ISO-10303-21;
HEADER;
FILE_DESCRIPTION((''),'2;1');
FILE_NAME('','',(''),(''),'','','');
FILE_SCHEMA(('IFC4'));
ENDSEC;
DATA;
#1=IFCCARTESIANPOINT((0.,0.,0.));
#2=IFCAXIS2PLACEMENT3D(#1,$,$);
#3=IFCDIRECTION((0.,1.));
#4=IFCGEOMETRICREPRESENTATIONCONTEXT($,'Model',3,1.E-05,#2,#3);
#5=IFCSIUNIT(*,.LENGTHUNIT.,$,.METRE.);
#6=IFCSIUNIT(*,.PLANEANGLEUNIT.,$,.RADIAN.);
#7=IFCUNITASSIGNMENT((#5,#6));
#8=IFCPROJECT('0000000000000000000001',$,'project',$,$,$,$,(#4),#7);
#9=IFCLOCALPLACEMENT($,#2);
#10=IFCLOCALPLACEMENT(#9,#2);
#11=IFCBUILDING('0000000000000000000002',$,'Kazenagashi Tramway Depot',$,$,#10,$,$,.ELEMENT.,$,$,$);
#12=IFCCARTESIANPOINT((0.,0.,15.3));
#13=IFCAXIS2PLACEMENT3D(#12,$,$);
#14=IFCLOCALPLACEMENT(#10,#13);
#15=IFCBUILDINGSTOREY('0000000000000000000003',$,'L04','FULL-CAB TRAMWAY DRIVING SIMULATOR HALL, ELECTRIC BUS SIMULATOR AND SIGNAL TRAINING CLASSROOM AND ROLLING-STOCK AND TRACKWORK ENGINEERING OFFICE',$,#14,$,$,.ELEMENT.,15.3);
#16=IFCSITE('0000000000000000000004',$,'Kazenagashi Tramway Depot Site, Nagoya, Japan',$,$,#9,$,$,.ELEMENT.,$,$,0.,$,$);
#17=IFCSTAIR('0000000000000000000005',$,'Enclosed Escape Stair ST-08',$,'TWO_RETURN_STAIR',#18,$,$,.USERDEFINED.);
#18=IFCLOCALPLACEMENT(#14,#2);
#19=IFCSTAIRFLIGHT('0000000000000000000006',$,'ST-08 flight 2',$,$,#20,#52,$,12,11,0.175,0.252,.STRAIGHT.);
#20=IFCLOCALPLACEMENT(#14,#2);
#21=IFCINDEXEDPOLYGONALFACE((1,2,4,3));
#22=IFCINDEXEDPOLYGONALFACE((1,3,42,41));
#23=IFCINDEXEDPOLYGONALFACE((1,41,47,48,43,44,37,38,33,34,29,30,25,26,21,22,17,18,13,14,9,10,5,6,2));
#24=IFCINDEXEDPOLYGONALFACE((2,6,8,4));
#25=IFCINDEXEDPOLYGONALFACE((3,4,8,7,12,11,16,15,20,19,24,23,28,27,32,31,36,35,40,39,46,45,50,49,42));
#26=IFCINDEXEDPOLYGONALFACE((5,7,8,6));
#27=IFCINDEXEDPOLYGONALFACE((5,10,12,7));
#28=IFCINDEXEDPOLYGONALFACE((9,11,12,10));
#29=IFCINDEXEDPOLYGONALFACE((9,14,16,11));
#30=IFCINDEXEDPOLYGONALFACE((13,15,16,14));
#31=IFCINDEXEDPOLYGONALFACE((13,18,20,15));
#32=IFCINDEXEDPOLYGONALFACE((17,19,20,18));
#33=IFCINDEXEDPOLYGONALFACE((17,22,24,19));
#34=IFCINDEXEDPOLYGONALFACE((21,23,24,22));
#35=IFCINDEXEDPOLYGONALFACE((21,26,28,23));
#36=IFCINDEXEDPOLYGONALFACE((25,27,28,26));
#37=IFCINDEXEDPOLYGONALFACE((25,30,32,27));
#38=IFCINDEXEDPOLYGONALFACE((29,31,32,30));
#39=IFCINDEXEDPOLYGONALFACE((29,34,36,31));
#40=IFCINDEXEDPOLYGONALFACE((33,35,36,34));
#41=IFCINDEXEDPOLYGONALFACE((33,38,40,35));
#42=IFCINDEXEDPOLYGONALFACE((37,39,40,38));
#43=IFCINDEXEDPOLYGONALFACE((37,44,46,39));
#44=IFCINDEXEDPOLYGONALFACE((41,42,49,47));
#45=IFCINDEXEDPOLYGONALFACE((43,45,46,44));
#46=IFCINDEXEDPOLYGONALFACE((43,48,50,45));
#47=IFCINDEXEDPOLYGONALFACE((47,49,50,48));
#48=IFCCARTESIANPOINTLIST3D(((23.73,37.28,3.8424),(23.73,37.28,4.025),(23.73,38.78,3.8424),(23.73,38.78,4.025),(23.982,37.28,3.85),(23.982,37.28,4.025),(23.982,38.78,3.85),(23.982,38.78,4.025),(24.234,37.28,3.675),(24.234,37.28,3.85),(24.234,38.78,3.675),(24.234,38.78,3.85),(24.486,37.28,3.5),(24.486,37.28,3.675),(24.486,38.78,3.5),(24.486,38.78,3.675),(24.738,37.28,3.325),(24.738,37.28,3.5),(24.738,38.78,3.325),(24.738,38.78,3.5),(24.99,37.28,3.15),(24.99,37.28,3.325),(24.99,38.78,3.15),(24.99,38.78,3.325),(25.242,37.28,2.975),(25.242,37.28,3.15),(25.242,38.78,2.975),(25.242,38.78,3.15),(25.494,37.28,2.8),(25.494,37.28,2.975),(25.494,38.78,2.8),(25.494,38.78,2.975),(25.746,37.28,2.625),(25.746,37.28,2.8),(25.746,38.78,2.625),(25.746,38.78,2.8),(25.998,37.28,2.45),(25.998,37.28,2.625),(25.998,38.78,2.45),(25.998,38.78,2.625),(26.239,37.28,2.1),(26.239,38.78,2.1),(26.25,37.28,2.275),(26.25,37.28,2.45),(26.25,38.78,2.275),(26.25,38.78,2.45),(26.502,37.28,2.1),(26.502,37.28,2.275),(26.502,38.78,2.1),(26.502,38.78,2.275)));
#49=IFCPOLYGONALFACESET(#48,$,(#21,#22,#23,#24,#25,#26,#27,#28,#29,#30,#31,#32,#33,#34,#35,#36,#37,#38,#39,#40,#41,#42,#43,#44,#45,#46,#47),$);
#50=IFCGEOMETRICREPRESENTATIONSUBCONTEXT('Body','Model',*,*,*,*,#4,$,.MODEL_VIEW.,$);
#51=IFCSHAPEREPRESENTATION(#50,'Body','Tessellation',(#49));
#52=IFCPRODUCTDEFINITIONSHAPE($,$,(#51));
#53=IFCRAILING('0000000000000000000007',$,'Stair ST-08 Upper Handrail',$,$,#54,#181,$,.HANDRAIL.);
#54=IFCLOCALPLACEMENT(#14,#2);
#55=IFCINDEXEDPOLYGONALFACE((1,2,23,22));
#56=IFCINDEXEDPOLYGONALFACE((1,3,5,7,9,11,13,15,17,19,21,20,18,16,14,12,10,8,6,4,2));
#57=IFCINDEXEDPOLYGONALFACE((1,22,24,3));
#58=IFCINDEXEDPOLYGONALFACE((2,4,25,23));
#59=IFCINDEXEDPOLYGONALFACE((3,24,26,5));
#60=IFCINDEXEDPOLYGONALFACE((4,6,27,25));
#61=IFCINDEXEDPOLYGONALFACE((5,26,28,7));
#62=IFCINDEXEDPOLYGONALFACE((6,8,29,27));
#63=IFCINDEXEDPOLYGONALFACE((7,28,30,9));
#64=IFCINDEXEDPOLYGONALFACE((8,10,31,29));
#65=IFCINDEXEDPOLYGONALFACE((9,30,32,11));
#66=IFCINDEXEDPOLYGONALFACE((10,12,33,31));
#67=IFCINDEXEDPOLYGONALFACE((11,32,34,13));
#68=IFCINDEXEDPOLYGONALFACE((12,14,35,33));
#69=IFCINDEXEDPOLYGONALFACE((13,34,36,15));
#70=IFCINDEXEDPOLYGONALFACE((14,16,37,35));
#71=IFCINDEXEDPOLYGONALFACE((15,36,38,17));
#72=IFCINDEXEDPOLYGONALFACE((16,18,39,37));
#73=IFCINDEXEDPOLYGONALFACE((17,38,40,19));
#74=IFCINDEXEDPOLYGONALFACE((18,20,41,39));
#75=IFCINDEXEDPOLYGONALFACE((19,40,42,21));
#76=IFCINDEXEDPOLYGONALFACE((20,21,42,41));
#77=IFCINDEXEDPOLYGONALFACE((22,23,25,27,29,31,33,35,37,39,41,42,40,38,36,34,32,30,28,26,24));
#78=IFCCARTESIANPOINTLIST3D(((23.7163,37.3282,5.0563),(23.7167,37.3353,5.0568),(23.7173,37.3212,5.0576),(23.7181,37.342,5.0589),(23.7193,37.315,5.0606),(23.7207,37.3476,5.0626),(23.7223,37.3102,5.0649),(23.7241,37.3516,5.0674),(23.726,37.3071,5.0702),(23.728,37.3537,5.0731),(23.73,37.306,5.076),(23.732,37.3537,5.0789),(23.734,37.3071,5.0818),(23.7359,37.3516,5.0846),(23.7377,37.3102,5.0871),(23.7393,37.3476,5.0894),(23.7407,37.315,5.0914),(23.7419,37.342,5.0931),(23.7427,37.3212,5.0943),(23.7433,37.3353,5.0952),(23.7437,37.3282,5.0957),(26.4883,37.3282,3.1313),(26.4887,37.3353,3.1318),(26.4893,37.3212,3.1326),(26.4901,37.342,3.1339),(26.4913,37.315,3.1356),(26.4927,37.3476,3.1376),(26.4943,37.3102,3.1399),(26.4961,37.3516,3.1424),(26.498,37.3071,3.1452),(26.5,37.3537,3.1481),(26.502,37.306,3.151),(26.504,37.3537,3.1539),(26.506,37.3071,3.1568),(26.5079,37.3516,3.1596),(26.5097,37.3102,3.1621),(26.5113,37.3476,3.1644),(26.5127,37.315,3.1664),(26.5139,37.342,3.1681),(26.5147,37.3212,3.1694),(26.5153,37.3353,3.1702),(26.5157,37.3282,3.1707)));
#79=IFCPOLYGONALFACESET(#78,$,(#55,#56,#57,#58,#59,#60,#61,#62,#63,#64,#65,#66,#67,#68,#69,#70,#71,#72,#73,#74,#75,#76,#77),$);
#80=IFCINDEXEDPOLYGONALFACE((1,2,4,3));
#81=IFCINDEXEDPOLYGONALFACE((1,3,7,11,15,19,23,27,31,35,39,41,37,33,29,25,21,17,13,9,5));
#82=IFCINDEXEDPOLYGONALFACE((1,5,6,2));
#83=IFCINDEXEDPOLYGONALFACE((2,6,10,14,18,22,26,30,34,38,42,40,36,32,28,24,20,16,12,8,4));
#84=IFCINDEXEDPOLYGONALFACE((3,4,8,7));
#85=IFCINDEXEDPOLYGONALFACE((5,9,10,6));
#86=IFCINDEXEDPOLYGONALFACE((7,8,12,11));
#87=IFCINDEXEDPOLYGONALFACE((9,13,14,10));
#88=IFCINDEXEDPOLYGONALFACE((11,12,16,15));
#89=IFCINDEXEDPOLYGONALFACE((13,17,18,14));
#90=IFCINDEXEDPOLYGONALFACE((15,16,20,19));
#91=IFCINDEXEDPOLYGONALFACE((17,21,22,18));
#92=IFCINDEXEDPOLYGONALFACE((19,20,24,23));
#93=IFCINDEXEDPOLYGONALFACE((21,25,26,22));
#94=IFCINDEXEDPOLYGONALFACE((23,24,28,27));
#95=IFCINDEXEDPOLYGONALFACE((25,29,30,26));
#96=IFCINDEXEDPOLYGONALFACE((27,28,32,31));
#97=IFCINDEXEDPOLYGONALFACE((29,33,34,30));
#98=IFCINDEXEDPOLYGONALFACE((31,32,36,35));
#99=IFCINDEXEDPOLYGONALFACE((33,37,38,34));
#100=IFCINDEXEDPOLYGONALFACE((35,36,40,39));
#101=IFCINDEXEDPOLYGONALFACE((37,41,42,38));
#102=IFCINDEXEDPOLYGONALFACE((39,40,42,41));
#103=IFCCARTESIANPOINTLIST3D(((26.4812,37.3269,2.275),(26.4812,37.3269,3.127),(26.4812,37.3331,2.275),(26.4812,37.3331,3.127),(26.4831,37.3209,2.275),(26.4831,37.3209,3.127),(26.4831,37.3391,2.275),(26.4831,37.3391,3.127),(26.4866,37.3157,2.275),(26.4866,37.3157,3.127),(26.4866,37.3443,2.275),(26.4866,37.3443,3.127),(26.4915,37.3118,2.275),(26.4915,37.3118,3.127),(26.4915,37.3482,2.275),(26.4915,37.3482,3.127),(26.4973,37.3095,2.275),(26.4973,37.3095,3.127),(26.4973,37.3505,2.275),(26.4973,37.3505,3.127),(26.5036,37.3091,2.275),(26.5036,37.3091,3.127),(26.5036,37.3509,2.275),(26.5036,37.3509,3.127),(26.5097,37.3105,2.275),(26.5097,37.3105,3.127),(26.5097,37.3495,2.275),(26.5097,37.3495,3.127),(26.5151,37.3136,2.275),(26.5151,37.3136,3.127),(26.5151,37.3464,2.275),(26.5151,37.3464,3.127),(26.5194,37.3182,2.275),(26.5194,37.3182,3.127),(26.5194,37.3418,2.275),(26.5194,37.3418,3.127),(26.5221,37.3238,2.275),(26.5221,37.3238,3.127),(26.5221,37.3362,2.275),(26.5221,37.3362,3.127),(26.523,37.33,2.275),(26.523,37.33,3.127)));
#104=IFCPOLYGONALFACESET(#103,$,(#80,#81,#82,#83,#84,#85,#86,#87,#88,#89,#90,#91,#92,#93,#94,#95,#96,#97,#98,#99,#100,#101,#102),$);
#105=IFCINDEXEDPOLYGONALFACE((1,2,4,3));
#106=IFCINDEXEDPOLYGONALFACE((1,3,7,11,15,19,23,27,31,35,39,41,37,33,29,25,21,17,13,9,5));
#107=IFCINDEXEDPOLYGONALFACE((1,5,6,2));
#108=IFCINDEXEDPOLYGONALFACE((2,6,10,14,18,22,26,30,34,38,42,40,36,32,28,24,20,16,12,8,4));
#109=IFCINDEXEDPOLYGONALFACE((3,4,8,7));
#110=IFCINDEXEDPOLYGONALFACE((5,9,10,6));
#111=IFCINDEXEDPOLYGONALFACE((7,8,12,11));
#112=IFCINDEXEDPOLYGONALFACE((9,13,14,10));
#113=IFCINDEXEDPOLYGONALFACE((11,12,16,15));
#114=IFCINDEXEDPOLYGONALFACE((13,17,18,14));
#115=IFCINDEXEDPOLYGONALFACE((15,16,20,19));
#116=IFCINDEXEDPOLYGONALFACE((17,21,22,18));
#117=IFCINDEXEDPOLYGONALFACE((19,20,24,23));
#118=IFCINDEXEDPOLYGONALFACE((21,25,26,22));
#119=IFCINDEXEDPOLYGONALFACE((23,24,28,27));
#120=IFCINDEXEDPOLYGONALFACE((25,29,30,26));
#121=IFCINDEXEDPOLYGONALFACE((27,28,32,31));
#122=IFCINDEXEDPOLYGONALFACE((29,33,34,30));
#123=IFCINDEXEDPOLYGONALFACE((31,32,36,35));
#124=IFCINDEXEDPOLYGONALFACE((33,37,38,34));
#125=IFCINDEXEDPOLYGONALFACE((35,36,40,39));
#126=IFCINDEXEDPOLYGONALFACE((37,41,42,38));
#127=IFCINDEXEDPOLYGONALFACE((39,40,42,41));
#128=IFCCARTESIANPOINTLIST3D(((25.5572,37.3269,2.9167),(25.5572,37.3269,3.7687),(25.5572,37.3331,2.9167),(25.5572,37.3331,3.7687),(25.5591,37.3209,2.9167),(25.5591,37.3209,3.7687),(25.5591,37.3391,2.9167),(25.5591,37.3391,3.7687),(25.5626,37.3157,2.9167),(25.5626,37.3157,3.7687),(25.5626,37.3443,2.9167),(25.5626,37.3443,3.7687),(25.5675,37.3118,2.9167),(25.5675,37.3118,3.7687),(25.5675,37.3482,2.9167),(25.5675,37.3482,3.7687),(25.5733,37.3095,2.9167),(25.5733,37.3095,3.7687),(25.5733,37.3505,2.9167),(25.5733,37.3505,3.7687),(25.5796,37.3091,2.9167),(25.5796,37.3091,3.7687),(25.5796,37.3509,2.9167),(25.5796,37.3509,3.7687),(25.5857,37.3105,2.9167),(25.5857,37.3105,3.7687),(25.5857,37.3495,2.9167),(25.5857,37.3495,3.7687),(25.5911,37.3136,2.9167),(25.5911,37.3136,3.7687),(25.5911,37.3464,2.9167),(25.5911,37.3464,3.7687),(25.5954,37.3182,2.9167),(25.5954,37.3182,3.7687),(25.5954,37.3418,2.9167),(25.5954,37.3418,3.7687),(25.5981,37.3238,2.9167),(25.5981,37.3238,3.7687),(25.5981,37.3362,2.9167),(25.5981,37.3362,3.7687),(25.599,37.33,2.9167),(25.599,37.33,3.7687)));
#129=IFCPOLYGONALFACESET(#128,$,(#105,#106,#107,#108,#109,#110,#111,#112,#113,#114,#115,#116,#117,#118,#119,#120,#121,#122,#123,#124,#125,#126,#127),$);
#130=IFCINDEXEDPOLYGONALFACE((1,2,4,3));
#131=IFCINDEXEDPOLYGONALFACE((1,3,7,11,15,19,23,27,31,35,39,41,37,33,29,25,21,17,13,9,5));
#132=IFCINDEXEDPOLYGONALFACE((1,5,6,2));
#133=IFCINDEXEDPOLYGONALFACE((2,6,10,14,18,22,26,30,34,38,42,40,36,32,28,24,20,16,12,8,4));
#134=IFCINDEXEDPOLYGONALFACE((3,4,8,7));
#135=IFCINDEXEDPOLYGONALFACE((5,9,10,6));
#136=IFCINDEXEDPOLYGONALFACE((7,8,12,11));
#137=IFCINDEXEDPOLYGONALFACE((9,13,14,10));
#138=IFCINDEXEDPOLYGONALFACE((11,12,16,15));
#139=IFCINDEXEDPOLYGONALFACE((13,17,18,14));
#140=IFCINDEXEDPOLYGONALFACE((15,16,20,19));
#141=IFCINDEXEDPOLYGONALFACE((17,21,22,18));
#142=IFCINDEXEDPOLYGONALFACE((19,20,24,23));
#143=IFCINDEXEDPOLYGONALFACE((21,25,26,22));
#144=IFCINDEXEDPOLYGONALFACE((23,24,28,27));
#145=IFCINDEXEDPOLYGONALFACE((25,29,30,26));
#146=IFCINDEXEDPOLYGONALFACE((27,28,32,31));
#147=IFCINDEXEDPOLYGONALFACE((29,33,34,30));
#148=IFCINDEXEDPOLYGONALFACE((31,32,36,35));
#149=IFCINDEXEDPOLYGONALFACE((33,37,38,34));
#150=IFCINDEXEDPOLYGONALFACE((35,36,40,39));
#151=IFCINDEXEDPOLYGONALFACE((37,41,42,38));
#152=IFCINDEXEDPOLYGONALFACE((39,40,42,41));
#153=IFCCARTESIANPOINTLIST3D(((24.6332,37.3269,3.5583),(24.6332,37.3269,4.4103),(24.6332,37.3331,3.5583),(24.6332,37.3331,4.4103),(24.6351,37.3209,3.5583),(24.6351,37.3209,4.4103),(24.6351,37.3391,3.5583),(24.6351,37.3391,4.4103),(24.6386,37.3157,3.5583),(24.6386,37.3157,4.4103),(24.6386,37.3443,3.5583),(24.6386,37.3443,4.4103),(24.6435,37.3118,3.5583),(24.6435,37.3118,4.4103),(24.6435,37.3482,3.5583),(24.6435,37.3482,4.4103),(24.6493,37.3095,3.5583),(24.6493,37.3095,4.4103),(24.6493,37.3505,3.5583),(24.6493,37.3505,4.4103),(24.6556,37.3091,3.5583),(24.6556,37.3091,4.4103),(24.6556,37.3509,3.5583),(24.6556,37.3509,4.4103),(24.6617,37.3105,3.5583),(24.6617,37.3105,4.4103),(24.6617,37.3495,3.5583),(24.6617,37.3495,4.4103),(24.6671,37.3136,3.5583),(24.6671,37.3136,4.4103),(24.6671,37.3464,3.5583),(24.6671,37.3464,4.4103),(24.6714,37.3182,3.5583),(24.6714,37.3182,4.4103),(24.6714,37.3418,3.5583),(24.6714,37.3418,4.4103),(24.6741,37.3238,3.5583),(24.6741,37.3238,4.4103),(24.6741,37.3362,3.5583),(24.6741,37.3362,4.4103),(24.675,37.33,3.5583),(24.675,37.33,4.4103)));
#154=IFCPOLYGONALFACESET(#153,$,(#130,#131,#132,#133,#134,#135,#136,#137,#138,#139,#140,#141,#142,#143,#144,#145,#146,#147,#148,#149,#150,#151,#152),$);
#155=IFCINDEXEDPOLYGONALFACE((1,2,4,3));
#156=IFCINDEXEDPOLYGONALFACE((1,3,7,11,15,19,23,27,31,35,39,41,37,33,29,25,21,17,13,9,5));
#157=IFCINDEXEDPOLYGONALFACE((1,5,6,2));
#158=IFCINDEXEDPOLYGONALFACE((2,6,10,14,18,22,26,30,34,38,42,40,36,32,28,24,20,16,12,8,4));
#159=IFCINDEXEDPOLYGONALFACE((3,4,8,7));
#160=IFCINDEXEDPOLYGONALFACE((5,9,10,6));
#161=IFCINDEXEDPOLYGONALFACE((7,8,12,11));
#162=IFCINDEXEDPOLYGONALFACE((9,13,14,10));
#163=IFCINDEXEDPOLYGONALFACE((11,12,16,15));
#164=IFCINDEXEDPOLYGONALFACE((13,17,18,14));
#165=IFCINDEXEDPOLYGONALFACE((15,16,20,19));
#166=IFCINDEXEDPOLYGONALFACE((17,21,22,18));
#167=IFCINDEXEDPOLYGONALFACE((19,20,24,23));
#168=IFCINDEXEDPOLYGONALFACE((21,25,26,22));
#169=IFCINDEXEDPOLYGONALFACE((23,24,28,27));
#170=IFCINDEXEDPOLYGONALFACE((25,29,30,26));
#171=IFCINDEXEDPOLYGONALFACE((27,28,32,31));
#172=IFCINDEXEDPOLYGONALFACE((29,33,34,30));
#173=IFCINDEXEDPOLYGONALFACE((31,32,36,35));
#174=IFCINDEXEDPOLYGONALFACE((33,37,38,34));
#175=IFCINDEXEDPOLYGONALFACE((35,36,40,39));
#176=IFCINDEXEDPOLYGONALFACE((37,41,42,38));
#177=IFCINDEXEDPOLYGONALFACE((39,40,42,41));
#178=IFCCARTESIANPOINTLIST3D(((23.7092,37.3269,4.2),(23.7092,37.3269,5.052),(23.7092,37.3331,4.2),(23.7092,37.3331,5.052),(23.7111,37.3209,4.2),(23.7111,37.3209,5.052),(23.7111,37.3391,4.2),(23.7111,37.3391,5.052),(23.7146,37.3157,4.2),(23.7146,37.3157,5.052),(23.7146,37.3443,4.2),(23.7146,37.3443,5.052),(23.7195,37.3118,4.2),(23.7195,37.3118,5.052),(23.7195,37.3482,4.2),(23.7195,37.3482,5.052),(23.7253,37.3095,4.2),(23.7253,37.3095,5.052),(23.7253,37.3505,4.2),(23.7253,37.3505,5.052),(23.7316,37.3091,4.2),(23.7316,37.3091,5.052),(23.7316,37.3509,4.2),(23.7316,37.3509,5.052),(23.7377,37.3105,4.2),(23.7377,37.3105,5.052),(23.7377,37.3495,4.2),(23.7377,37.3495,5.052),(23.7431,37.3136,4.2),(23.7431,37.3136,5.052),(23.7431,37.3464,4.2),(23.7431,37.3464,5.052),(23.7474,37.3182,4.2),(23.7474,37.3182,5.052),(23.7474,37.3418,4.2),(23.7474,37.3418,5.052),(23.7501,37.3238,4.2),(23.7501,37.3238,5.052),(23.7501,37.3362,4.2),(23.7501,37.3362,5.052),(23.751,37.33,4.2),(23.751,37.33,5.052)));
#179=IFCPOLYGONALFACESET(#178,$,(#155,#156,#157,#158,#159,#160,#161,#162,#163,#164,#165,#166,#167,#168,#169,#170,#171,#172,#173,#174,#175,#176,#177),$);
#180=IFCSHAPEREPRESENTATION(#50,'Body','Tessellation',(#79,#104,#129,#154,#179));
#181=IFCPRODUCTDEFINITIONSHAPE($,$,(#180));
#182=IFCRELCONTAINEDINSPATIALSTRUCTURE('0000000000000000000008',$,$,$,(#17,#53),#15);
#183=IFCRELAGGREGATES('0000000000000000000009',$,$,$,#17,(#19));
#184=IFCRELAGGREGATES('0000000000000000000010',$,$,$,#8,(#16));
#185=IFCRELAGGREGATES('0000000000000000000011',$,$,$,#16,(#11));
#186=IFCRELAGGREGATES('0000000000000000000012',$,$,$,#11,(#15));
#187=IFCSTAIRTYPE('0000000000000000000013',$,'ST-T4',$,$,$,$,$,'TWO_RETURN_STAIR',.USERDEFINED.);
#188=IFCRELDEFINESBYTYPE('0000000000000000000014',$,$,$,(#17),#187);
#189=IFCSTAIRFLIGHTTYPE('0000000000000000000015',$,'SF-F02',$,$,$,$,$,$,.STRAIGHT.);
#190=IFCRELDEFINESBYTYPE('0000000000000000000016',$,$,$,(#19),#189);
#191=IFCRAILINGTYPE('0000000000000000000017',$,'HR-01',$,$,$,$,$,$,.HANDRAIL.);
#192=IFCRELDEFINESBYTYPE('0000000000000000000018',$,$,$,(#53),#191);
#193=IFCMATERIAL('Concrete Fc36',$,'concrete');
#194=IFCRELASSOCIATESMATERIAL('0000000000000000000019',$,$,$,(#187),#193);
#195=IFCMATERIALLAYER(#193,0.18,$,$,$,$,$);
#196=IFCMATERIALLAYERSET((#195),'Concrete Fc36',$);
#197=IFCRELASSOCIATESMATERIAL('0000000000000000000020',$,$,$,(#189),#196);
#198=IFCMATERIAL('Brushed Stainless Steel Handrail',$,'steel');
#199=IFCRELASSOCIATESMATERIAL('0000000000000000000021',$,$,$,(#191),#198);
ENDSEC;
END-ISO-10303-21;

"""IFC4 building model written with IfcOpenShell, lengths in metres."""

from ifc_helpers import new_model, si_unit, direction, frame, origin, origin_2d, place, context, subcontext, project, spatial, polyline, circle, outline, extrude, material, layer, layer_set, type_object, element, aggregate, save


model = new_model("IFC4")

# Units and contexts
model_context = context("Model", 3, precision=1e-05, world=origin(), true_north=direction((0.0, 1.0)))
body_context = subcontext(model_context, "Body", "Model", "MODEL_VIEW")
ifc_project = project(units=[si_unit("LENGTHUNIT", "METRE"), si_unit("PLANEANGLEUNIT", "RADIAN")], contexts=[model_context])

# Site, building, storey
site_placement = place(None, origin())
site = spatial("IfcSite", under=ifc_project, at=site_placement, Name="Kazenagashi Tramway Depot Site, Nagoya, Japan", CompositionType="ELEMENT", RefElevation=0.0)
building_placement = place(site_placement, origin())
building = spatial("IfcBuilding", under=site, at=building_placement, Name="Kazenagashi Tramway Depot", CompositionType="ELEMENT")
storey_placement = place(building_placement, frame((0.0, 0.0, 15.3)))
storey = spatial("IfcBuildingStorey", under=building, at=storey_placement, Name="L04", Description="FULL-CAB TRAMWAY DRIVING SIMULATOR HALL, ELECTRIC BUS SIMULATOR AND SIGNAL TRAINING CLASSROOM AND ROLLING-STOCK AND TRACKWORK ENGINEERING OFFICE", CompositionType="ELEMENT", Elevation=15.3)

# Shared definitions
ifc_material_1 = material(Name="Concrete Fc36", Category="concrete")

# Stair, stair flight
stair_type = type_object("IfcStairType", Name="ST-T4", ElementType="TWO_RETURN_STAIR", PredefinedType="USERDEFINED", material=ifc_material_1)
stair_placement = place(storey_placement, origin())
stair = element("IfcStair", 1, at=stair_placement, inside=storey, type_object=stair_type, Name="Enclosed Escape Stair ST-08", ObjectType="TWO_RETURN_STAIR", PredefinedType="USERDEFINED")
ifc_layer_1 = layer(ifc_material_1, 0.18)
ifc_layer_set_1 = layer_set([ifc_layer_1], Name="Concrete Fc36")
stair_flight_type = type_object("IfcStairFlightType", Name="SF-F02", PredefinedType="STRAIGHT", material=ifc_layer_set_1)
stair_flight_placement = place(storey_placement, frame((26.502, 38.03, 2.1), z_axis=(0.0, 0.0, 1.0), x_axis=(-1.0, 0.0, 0.0)))
stair_flight = element("IfcStairFlight", 2, at=stair_flight_placement, type_object=stair_flight_type, Name="ST-08 flight 2", NumberOfRisers=12, NumberOfTreads=11, PredefinedType="STRAIGHT", RiserHeight=0.175, TreadLength=0.252, context=body_context, shape_type="SweptSolid", body=[
    extrude(outline(polyline([(0.0, 0.0), (0.0, 0.175), (0.252, 0.175), (0.252, 0.35), (0.504, 0.35), (0.504, 0.525), (0.756, 0.525), (0.756, 0.7), (1.008, 0.7), (1.008, 0.875), (1.26, 0.875), (1.26, 1.05), (1.512, 1.05), (1.512, 1.225), (1.764, 1.225), (1.764, 1.4), (2.016, 1.4), (2.016, 1.575), (2.268, 1.575), (2.268, 1.75), (2.52, 1.75), (2.52, 1.925), (2.772, 1.925), (2.772, 2.1), (2.772, 1.7424), (0.263, 0.0), (0.0, 0.0)])), frame((0.0, 0.75, 0.0), z_axis=(0.0, -1.0, 0.0), x_axis=(1.0, 0.0, 0.0)), (0.0, 0.0, 1.0), 1.5),
])
aggregate(stair, [stair_flight])

# Railing
ifc_material_2 = material(Name="Brushed Stainless Steel Handrail", Category="steel")
railing_type = type_object("IfcRailingType", Name="HR-01", PredefinedType="HANDRAIL", material=ifc_material_2)
railing_placement = place(storey_placement, frame((26.502, 37.33, 2.275)))
element("IfcRailing", 3, at=railing_placement, inside=storey, type_object=railing_type, Name="Stair ST-08 Upper Handrail", PredefinedType="HANDRAIL", context=body_context, shape_type="SweptSolid", body=[
    extrude(circle(Radius=0.024, at=origin_2d()), frame((0.0, 0.0, 0.876), z_axis=(-0.82137, 0.0, 0.570396), x_axis=(0.0, -1.0, 0.0)), (0.0, 0.0, 1.0), 3.3748),
    extrude(circle(Radius=0.021, at=origin_2d()), origin(), (0.0, 0.0, 1.0), 0.852),
    extrude(circle(Radius=0.021, at=origin_2d()), frame((-0.924, 0.0, 0.6417)), (0.0, 0.0, 1.0), 0.852),
    extrude(circle(Radius=0.021, at=origin_2d()), frame((-1.848, 0.0, 1.2833)), (0.0, 0.0, 1.0), 0.852),
    extrude(circle(Radius=0.021, at=origin_2d()), frame((-2.772, 0.0, 1.925)), (0.0, 0.0, 1.0), 0.852),
])

save(model, "model.ifc")
